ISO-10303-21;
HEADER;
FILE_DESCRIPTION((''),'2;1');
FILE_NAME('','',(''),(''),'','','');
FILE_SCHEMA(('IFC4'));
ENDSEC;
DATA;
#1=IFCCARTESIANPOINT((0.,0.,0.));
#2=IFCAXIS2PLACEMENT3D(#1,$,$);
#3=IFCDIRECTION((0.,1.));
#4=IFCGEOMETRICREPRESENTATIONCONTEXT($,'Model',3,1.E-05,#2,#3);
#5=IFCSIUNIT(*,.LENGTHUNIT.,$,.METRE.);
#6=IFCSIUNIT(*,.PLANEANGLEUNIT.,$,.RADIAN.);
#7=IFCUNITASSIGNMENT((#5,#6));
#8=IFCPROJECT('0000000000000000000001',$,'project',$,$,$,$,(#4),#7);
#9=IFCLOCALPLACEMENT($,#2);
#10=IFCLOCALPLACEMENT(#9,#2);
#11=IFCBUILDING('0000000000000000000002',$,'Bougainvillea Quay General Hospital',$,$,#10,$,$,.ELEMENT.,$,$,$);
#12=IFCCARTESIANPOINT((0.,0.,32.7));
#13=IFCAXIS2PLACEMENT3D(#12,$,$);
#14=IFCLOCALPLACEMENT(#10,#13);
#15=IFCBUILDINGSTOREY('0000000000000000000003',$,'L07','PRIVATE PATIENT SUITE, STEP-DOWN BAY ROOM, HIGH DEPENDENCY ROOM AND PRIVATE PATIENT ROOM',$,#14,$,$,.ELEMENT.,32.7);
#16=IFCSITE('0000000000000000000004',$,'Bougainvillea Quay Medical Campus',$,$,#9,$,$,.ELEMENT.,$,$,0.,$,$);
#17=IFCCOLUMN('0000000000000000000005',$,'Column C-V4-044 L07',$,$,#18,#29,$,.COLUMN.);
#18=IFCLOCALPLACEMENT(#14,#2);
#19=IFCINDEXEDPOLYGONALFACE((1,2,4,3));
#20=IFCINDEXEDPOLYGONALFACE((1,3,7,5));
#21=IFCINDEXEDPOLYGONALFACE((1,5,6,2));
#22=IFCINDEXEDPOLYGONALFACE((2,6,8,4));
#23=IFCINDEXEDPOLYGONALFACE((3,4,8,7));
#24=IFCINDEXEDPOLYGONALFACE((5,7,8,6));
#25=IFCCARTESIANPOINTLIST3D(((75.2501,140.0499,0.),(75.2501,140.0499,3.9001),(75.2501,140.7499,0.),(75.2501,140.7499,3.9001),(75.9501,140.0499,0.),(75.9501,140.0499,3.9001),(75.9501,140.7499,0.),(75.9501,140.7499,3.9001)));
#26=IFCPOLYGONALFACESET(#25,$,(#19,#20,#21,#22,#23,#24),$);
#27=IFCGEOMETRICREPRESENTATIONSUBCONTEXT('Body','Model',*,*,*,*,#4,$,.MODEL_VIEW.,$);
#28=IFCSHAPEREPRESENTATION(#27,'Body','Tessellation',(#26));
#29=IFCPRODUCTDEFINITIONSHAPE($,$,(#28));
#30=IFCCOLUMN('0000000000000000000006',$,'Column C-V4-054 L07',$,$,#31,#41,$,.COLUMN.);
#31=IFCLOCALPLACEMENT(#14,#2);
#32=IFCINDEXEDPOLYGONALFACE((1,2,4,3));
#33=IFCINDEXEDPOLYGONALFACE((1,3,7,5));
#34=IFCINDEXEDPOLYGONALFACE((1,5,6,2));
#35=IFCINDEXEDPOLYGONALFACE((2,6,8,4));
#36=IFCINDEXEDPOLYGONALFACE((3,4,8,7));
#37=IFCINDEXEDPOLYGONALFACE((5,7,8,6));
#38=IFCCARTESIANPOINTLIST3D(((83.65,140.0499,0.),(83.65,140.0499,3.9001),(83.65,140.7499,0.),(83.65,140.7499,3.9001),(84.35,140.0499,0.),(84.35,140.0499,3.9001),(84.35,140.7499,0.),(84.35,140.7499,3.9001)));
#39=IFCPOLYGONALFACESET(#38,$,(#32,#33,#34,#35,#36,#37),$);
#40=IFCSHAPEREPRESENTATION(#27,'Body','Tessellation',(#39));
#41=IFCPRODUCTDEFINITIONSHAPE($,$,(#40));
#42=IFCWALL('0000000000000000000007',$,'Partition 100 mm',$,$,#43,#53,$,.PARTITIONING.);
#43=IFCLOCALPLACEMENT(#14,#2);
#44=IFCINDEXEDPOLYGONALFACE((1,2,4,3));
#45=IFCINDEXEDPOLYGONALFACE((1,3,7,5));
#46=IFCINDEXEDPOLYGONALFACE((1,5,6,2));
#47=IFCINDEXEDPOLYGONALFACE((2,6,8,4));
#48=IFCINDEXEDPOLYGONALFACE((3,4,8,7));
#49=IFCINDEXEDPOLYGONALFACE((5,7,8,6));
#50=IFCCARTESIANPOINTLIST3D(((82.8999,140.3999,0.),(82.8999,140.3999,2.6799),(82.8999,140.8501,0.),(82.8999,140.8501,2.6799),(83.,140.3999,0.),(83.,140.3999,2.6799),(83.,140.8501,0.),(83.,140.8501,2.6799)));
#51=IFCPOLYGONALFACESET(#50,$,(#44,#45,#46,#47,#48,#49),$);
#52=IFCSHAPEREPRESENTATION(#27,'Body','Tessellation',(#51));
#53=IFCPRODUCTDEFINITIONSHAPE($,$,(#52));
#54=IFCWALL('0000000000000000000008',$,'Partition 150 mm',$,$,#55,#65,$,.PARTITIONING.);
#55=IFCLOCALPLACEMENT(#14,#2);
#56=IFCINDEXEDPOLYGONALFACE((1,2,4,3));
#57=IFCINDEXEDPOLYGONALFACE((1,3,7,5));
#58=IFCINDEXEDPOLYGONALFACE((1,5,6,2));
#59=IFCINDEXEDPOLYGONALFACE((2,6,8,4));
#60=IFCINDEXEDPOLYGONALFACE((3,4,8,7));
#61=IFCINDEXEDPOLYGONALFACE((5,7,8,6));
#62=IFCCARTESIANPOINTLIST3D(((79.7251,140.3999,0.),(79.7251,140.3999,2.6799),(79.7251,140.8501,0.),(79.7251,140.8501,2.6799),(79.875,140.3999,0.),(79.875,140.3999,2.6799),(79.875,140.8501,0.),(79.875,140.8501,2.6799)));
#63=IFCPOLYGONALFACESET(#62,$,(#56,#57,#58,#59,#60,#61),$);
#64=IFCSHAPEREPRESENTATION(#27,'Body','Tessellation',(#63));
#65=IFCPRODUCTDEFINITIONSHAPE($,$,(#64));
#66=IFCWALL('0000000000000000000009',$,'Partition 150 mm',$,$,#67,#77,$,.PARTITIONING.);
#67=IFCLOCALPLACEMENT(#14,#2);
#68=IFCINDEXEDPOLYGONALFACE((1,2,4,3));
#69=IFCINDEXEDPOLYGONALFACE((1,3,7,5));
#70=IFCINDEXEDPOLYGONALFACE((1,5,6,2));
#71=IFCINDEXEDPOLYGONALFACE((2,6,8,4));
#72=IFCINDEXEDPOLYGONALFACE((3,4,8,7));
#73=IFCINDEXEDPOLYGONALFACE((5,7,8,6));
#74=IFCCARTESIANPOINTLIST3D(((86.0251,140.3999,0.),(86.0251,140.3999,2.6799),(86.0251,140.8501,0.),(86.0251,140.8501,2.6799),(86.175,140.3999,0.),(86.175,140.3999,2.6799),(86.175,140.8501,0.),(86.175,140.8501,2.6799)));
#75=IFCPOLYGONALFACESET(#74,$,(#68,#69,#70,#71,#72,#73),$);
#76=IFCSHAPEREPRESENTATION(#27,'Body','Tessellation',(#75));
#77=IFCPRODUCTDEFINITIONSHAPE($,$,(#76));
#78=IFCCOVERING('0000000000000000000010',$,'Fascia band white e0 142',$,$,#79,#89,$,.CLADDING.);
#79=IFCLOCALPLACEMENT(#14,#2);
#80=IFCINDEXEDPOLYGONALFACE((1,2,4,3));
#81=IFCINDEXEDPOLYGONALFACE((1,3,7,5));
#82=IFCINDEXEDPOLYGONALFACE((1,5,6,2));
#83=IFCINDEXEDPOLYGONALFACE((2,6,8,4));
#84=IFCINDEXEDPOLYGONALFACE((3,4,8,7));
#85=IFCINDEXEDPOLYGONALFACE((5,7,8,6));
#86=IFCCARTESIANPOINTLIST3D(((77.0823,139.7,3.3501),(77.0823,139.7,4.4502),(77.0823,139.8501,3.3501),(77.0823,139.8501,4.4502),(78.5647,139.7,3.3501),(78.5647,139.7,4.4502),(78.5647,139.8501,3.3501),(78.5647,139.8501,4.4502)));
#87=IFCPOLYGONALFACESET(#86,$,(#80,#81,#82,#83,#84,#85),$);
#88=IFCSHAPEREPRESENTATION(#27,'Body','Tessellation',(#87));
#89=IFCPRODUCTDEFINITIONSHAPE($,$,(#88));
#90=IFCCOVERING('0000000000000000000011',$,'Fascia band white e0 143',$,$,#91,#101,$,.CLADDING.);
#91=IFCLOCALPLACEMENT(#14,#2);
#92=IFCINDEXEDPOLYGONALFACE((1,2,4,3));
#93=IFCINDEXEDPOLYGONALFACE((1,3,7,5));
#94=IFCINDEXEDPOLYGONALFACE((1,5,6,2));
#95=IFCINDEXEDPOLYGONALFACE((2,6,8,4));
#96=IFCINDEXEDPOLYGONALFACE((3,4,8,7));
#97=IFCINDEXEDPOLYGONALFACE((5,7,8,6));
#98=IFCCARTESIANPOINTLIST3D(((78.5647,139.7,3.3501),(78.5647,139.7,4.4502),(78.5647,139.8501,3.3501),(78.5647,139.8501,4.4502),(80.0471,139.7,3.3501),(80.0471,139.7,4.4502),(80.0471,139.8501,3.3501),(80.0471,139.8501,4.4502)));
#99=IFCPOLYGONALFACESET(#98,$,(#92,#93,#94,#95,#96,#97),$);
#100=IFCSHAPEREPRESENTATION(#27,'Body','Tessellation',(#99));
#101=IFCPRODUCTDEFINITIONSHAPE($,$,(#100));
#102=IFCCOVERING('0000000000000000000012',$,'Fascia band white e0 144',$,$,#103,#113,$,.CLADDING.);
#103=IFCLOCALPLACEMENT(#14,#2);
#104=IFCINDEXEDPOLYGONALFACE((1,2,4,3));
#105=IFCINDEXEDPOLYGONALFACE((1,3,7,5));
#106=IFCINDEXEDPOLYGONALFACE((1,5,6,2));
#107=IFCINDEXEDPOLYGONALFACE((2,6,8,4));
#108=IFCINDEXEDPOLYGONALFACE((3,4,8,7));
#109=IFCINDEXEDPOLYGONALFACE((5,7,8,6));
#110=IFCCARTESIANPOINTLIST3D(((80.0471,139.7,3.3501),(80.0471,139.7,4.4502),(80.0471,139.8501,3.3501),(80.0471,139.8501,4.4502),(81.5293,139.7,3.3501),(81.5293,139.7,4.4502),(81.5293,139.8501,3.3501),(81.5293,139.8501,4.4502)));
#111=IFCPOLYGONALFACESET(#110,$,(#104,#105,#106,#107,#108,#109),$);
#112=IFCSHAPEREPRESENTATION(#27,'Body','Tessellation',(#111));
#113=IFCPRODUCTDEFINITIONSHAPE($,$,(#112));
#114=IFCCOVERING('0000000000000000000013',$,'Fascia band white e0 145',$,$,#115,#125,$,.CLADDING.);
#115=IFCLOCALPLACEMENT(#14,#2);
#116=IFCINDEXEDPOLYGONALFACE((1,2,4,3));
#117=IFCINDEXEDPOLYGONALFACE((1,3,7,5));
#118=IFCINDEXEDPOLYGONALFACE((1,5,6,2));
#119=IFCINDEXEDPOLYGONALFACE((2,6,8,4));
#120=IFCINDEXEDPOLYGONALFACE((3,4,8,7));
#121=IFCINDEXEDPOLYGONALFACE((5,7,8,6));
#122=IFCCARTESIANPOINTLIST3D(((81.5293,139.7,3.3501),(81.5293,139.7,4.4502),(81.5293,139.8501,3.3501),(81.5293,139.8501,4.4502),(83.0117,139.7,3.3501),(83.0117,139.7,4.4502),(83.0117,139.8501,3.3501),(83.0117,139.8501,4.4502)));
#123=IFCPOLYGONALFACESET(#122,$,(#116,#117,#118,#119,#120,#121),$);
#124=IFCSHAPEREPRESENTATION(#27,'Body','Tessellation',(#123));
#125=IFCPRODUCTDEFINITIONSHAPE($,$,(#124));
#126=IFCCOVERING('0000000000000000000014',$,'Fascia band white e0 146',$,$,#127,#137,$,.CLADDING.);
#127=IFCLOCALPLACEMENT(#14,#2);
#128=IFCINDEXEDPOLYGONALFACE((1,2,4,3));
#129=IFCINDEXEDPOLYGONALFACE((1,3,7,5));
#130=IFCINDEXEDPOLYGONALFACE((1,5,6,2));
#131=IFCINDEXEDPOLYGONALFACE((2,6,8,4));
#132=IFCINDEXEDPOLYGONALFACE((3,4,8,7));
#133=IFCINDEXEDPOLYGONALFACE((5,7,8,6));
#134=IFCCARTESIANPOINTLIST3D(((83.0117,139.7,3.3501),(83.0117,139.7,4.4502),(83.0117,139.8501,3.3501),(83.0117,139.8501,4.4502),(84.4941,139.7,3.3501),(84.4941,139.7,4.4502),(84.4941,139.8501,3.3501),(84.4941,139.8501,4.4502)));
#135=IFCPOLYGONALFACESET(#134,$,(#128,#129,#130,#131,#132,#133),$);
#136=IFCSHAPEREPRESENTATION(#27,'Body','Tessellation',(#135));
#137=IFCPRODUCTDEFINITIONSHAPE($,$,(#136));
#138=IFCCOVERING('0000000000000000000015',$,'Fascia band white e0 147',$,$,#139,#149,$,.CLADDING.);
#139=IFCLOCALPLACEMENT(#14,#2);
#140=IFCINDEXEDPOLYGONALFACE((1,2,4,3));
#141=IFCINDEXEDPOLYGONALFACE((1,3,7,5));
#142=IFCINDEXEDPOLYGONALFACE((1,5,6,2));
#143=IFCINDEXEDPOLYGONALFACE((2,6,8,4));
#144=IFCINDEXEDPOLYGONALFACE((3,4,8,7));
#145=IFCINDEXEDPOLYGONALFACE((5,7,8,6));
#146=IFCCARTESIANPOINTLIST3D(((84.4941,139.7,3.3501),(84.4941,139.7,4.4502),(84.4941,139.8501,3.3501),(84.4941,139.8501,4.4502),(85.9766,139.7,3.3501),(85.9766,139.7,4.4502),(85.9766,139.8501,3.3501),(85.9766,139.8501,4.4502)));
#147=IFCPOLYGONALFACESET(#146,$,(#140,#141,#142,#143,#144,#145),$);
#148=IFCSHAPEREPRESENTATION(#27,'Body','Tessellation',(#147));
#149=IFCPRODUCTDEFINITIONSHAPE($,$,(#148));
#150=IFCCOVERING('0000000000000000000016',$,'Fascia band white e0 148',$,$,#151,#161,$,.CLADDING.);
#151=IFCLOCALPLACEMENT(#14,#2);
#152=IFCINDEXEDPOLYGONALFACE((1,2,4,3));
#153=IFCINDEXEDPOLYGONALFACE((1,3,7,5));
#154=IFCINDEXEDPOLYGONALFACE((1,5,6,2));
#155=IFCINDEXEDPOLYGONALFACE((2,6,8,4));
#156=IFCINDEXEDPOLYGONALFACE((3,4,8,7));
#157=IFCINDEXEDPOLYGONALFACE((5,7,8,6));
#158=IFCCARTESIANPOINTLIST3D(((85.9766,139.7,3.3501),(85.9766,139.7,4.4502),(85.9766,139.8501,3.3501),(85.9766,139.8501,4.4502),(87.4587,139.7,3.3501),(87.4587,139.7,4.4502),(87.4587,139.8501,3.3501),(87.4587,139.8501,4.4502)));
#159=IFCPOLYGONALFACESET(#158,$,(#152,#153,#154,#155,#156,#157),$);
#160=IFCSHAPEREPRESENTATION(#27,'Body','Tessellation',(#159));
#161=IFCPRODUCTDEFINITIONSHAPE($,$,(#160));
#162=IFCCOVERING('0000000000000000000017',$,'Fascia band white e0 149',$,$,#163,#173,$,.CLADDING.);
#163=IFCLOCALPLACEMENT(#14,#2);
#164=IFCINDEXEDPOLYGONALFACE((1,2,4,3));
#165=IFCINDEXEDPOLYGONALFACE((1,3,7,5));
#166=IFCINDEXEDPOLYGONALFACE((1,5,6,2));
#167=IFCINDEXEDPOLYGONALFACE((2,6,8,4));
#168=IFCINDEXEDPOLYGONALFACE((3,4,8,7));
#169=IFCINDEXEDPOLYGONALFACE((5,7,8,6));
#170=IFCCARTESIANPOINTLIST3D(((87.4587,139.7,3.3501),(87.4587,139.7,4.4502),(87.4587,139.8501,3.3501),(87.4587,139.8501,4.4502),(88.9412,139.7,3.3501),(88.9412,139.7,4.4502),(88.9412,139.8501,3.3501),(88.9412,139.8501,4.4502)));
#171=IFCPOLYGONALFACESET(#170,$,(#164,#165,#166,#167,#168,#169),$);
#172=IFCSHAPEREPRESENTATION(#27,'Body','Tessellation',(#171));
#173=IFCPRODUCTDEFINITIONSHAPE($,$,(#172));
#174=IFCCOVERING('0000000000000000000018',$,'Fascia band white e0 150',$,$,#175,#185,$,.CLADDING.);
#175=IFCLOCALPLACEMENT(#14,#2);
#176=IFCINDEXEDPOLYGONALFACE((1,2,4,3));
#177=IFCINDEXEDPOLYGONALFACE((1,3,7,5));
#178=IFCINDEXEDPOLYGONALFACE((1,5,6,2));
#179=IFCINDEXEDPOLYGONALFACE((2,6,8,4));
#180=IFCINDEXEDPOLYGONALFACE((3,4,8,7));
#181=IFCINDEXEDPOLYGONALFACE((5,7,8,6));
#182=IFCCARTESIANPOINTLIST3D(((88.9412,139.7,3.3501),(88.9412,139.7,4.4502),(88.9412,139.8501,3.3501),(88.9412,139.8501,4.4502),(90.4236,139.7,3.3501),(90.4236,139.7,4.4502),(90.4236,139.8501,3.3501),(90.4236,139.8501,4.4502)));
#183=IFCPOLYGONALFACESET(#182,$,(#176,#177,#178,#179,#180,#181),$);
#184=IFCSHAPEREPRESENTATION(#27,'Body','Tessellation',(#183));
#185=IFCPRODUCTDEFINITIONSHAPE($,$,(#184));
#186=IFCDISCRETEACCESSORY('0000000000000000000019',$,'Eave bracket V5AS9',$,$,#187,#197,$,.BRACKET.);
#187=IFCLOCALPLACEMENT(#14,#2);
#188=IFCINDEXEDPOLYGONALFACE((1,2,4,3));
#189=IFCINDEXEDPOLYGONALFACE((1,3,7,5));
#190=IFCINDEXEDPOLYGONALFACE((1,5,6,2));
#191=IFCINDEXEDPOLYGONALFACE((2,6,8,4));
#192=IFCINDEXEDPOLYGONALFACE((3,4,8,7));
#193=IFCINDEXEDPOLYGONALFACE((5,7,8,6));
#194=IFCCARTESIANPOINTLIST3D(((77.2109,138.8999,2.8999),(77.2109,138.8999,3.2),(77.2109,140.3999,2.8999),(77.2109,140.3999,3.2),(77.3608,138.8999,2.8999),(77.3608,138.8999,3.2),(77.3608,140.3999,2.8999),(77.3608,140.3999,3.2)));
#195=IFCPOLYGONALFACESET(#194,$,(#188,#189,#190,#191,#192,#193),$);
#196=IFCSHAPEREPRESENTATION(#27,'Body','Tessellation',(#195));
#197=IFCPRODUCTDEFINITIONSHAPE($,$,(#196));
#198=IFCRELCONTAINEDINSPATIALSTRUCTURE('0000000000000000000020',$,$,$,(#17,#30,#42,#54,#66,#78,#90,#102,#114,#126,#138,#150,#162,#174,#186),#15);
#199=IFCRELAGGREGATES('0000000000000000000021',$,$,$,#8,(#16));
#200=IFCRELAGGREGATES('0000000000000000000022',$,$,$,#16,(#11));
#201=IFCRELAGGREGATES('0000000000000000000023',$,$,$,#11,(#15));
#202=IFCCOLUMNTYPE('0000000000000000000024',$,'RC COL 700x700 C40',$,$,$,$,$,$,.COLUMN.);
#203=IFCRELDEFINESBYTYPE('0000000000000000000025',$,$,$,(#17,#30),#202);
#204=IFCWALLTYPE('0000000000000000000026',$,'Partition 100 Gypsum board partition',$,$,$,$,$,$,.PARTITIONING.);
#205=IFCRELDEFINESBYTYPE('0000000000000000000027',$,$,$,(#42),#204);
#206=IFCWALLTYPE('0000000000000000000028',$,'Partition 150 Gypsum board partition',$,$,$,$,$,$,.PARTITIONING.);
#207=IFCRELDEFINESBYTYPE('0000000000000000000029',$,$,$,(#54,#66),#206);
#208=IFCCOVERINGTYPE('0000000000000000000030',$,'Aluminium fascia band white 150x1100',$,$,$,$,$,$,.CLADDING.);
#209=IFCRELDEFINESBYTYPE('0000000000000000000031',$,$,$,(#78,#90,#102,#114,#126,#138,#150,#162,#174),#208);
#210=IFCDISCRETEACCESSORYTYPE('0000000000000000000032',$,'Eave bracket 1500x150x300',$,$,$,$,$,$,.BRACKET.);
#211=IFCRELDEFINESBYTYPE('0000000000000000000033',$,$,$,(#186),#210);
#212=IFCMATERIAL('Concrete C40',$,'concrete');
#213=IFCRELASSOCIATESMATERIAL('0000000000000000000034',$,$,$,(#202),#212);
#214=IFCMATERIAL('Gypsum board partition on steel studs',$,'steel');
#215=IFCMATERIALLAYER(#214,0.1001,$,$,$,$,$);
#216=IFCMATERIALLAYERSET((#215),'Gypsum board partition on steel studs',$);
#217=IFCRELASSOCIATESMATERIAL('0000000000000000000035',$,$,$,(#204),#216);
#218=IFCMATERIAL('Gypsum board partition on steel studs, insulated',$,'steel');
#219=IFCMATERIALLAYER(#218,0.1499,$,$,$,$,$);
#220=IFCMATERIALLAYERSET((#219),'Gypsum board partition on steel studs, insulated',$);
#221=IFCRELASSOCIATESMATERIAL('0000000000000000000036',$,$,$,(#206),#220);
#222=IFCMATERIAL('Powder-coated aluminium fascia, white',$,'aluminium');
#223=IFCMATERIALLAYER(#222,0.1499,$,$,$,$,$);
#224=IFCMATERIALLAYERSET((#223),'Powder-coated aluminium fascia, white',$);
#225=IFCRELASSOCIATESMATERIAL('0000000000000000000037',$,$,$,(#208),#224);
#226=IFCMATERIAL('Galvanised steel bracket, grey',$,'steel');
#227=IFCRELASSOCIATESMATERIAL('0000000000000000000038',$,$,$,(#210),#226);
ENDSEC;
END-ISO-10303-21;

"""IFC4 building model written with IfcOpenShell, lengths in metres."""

from ifc_helpers import new_model, si_unit, direction, frame, frame_2d, origin, origin_2d, place, context, subcontext, project, spatial, polyline, rectangle, outline, extrude, material, layer, layer_set, material_profile, profile_set, type_object, element, save


model = new_model("IFC4")

# Units and contexts
model_context = context("Model", 3, precision=1e-05, world=origin(), true_north=direction((0.0, 1.0)))
body_context = subcontext(model_context, "Body", "Model", "MODEL_VIEW")
ifc_project = project(units=[si_unit("LENGTHUNIT", "METRE"), si_unit("PLANEANGLEUNIT", "RADIAN")], contexts=[model_context])

# Site, building, storey
site_placement = place(None, origin())
site = spatial("IfcSite", under=ifc_project, at=site_placement, Name="Bougainvillea Quay Medical Campus", CompositionType="ELEMENT", RefElevation=0.0)
building_placement = place(site_placement, origin())
building = spatial("IfcBuilding", under=site, at=building_placement, Name="Bougainvillea Quay General Hospital", CompositionType="ELEMENT")
storey_placement = place(building_placement, frame((0.0, 0.0, 32.7)))
storey = spatial("IfcBuildingStorey", under=building, at=storey_placement, Name="L07", Description="PRIVATE PATIENT SUITE, STEP-DOWN BAY ROOM, HIGH DEPENDENCY ROOM AND PRIVATE PATIENT ROOM", CompositionType="ELEMENT", Elevation=32.7)

# Columns
ifc_material_1 = material(Name="Concrete C40", Category="concrete")
ifc_material_profile_1 = material_profile(ifc_material_1, rectangle(XDim=0.7, YDim=0.7, at=origin_2d()))
ifc_profile_set_1 = profile_set([ifc_material_profile_1], Name="Concrete C40")
column_type = type_object("IfcColumnType", Name="RC COL 700x700 C40", PredefinedType="COLUMN", material=ifc_profile_set_1)
for number, where, z_axis, x_axis, name in (
    (1, (75.6001, 140.3999, 0.0), (0.0, 0.0, 1.0), (1.0, 0.0, 0.0), "Column C-V4-044 L07"),
    (2, (84.0, 140.3999, 0.0), (0.0, 0.0, 1.0), (1.0, 0.0, 0.0), "Column C-V4-054 L07"),
):
    element("IfcColumn", number, at=place(storey_placement, frame(where, z_axis=z_axis, x_axis=x_axis)), inside=storey, type_object=column_type, Name=name, PredefinedType="COLUMN", context=body_context, shape_type="SweptSolid", body=[
        extrude(rectangle(XDim=0.7, YDim=0.7, at=origin_2d()), origin(), (0.0, 0.0, 1.0), 3.9001),
    ])

# Walls
ifc_material_2 = material(Name="Gypsum board partition on steel studs", Category="steel")
ifc_layer_1 = layer(ifc_material_2, 0.1001)
ifc_layer_set_1 = layer_set([ifc_layer_1], Name="Gypsum board partition on steel studs")
wall_type_1 = type_object("IfcWallType", Name="Partition 100 Gypsum board partition", PredefinedType="PARTITIONING", material=ifc_layer_set_1)
wall_placement = place(storey_placement, frame((82.95, 140.3999, 0.0), z_axis=(0.0, 0.0, 1.0), x_axis=(0.0, 1.0, 0.0)))
element("IfcWall", 3, at=wall_placement, inside=storey, type_object=wall_type_1, Name="Partition 100 mm", PredefinedType="PARTITIONING", context=body_context, shape_type="SweptSolid", body=[
    extrude(rectangle(XDim=0.4502, YDim=0.1001, at=frame_2d((0.2251, 0.0))), origin(), (0.0, 0.0, 1.0), 2.6799),
])
ifc_material_3 = material(Name="Gypsum board partition on steel studs, insulated", Category="steel")
ifc_layer_2 = layer(ifc_material_3, 0.1499)
ifc_layer_set_2 = layer_set([ifc_layer_2], Name="Gypsum board partition on steel studs, insulated")
wall_type_2 = type_object("IfcWallType", Name="Partition 150 Gypsum board partition", PredefinedType="PARTITIONING", material=ifc_layer_set_2)
for number, where, z_axis, x_axis, name in (
    (4, (79.8, 140.3999, 0.0), (0.0, 0.0, 1.0), (0.0, 1.0, 0.0), "Partition 150 mm"),
    (5, (86.1001, 140.3999, 0.0), (0.0, 0.0, 1.0), (0.0, 1.0, 0.0), "Partition 150 mm"),
):
    element("IfcWall", number, at=place(storey_placement, frame(where, z_axis=z_axis, x_axis=x_axis)), inside=storey, type_object=wall_type_2, Name=name, PredefinedType="PARTITIONING", context=body_context, shape_type="SweptSolid", body=[
        extrude(rectangle(XDim=0.4502, YDim=0.1499, at=frame_2d((0.2251, 0.0))), origin(), (0.0, 0.0, 1.0), 2.6799),
    ])

# Coverings
ifc_material_4 = material(Name="Powder-coated aluminium fascia, white", Category="aluminium")
ifc_layer_3 = layer(ifc_material_4, 0.1499)
ifc_layer_set_3 = layer_set([ifc_layer_3], Name="Powder-coated aluminium fascia, white")
covering_type = type_object("IfcCoveringType", Name="Aluminium fascia band white 150x1100", PredefinedType="CLADDING", material=ifc_layer_set_3)
for number, where, z_axis, x_axis, name in (
    (6, (77.0823, 139.8501, 3.3501), (0.0, 0.0, 1.0), (1.0, 0.0, 0.0), "Fascia band white e0 142"),
    (7, (78.5647, 139.8501, 3.3501), (0.0, 0.0, 1.0), (1.0, 0.0, 0.0), "Fascia band white e0 143"),
):
    element("IfcCovering", number, at=place(storey_placement, frame(where, z_axis=z_axis, x_axis=x_axis)), inside=storey, type_object=covering_type, Name=name, PredefinedType="CLADDING", context=body_context, shape_type="SweptSolid", body=[
        extrude(outline(polyline([(0.0, 0.0), (1.4824, 0.0), (1.4824, -0.1501), (0.0, -0.1501), (0.0, 0.0)])), origin(), (0.0, 0.0, 1.0), 1.1001),
    ])
covering_1_placement = place(storey_placement, frame((80.0471, 139.8501, 3.3501), z_axis=(0.0, 0.0, 1.0), x_axis=(1.0, 0.0, 0.0)))
element("IfcCovering", 8, at=covering_1_placement, inside=storey, type_object=covering_type, Name="Fascia band white e0 144", PredefinedType="CLADDING", context=body_context, shape_type="SweptSolid", body=[
    extrude(outline(polyline([(0.0, 0.0), (1.4822, 0.0), (1.4822, -0.1501), (0.0, -0.1501), (0.0, 0.0)])), origin(), (0.0, 0.0, 1.0), 1.1001),
])
for number, where, z_axis, x_axis, name in (
    (9, (81.5293, 139.8501, 3.3501), (0.0, 0.0, 1.0), (1.0, 0.0, 0.0), "Fascia band white e0 145"),
    (10, (83.0117, 139.8501, 3.3501), (0.0, 0.0, 1.0), (1.0, 0.0, 0.0), "Fascia band white e0 146"),
    (11, (84.4941, 139.8501, 3.3501), (0.0, 0.0, 1.0), (1.0, 0.0, 0.0), "Fascia band white e0 147"),
):
    element("IfcCovering", number, at=place(storey_placement, frame(where, z_axis=z_axis, x_axis=x_axis)), inside=storey, type_object=covering_type, Name=name, PredefinedType="CLADDING", context=body_context, shape_type="SweptSolid", body=[
        extrude(outline(polyline([(0.0, 0.0), (1.4824, 0.0), (1.4824, -0.1501), (0.0, -0.1501), (0.0, 0.0)])), origin(), (0.0, 0.0, 1.0), 1.1001),
    ])
covering_2_placement = place(storey_placement, frame((85.9766, 139.8501, 3.3501), z_axis=(0.0, 0.0, 1.0), x_axis=(1.0, 0.0, 0.0)))
element("IfcCovering", 12, at=covering_2_placement, inside=storey, type_object=covering_type, Name="Fascia band white e0 148", PredefinedType="CLADDING", context=body_context, shape_type="SweptSolid", body=[
    extrude(outline(polyline([(0.0, 0.0), (1.4822, 0.0), (1.4822, -0.1501), (0.0, -0.1501), (0.0, 0.0)])), origin(), (0.0, 0.0, 1.0), 1.1001),
])
for number, where, z_axis, x_axis, name in (
    (13, (87.4587, 139.8501, 3.3501), (0.0, 0.0, 1.0), (1.0, 0.0, 0.0), "Fascia band white e0 149"),
    (14, (88.9412, 139.8501, 3.3501), (0.0, 0.0, 1.0), (1.0, 0.0, 0.0), "Fascia band white e0 150"),
):
    element("IfcCovering", number, at=place(storey_placement, frame(where, z_axis=z_axis, x_axis=x_axis)), inside=storey, type_object=covering_type, Name=name, PredefinedType="CLADDING", context=body_context, shape_type="SweptSolid", body=[
        extrude(outline(polyline([(0.0, 0.0), (1.4824, 0.0), (1.4824, -0.1501), (0.0, -0.1501), (0.0, 0.0)])), origin(), (0.0, 0.0, 1.0), 1.1001),
    ])

# Discrete accessory
ifc_material_5 = material(Name="Galvanised steel bracket, grey", Category="steel")
discrete_accessory_type_1 = type_object("IfcDiscreteAccessoryType", Name="Eave bracket 1500x150x300", PredefinedType="BRACKET", material=ifc_material_5)
for number, where, z_axis, x_axis, name in (
    (15, (77.2859, 139.6499, 2.8999), (0.0, 0.0, 1.0), (1.0, 0.0, 0.0), "Eave bracket V5AS9"),
):
    element("IfcDiscreteAccessory", number, at=place(storey_placement, frame(where, z_axis=z_axis, x_axis=x_axis)), inside=storey, type_object=discrete_accessory_type_1, Name=name, PredefinedType="BRACKET", context=body_context, shape_type="SweptSolid", body=[
        extrude(rectangle(XDim=0.1499, YDim=1.5, at=origin_2d()), origin(), (0.0, 0.0, 1.0), 0.3),
    ])

save(model, "model.ifc")
